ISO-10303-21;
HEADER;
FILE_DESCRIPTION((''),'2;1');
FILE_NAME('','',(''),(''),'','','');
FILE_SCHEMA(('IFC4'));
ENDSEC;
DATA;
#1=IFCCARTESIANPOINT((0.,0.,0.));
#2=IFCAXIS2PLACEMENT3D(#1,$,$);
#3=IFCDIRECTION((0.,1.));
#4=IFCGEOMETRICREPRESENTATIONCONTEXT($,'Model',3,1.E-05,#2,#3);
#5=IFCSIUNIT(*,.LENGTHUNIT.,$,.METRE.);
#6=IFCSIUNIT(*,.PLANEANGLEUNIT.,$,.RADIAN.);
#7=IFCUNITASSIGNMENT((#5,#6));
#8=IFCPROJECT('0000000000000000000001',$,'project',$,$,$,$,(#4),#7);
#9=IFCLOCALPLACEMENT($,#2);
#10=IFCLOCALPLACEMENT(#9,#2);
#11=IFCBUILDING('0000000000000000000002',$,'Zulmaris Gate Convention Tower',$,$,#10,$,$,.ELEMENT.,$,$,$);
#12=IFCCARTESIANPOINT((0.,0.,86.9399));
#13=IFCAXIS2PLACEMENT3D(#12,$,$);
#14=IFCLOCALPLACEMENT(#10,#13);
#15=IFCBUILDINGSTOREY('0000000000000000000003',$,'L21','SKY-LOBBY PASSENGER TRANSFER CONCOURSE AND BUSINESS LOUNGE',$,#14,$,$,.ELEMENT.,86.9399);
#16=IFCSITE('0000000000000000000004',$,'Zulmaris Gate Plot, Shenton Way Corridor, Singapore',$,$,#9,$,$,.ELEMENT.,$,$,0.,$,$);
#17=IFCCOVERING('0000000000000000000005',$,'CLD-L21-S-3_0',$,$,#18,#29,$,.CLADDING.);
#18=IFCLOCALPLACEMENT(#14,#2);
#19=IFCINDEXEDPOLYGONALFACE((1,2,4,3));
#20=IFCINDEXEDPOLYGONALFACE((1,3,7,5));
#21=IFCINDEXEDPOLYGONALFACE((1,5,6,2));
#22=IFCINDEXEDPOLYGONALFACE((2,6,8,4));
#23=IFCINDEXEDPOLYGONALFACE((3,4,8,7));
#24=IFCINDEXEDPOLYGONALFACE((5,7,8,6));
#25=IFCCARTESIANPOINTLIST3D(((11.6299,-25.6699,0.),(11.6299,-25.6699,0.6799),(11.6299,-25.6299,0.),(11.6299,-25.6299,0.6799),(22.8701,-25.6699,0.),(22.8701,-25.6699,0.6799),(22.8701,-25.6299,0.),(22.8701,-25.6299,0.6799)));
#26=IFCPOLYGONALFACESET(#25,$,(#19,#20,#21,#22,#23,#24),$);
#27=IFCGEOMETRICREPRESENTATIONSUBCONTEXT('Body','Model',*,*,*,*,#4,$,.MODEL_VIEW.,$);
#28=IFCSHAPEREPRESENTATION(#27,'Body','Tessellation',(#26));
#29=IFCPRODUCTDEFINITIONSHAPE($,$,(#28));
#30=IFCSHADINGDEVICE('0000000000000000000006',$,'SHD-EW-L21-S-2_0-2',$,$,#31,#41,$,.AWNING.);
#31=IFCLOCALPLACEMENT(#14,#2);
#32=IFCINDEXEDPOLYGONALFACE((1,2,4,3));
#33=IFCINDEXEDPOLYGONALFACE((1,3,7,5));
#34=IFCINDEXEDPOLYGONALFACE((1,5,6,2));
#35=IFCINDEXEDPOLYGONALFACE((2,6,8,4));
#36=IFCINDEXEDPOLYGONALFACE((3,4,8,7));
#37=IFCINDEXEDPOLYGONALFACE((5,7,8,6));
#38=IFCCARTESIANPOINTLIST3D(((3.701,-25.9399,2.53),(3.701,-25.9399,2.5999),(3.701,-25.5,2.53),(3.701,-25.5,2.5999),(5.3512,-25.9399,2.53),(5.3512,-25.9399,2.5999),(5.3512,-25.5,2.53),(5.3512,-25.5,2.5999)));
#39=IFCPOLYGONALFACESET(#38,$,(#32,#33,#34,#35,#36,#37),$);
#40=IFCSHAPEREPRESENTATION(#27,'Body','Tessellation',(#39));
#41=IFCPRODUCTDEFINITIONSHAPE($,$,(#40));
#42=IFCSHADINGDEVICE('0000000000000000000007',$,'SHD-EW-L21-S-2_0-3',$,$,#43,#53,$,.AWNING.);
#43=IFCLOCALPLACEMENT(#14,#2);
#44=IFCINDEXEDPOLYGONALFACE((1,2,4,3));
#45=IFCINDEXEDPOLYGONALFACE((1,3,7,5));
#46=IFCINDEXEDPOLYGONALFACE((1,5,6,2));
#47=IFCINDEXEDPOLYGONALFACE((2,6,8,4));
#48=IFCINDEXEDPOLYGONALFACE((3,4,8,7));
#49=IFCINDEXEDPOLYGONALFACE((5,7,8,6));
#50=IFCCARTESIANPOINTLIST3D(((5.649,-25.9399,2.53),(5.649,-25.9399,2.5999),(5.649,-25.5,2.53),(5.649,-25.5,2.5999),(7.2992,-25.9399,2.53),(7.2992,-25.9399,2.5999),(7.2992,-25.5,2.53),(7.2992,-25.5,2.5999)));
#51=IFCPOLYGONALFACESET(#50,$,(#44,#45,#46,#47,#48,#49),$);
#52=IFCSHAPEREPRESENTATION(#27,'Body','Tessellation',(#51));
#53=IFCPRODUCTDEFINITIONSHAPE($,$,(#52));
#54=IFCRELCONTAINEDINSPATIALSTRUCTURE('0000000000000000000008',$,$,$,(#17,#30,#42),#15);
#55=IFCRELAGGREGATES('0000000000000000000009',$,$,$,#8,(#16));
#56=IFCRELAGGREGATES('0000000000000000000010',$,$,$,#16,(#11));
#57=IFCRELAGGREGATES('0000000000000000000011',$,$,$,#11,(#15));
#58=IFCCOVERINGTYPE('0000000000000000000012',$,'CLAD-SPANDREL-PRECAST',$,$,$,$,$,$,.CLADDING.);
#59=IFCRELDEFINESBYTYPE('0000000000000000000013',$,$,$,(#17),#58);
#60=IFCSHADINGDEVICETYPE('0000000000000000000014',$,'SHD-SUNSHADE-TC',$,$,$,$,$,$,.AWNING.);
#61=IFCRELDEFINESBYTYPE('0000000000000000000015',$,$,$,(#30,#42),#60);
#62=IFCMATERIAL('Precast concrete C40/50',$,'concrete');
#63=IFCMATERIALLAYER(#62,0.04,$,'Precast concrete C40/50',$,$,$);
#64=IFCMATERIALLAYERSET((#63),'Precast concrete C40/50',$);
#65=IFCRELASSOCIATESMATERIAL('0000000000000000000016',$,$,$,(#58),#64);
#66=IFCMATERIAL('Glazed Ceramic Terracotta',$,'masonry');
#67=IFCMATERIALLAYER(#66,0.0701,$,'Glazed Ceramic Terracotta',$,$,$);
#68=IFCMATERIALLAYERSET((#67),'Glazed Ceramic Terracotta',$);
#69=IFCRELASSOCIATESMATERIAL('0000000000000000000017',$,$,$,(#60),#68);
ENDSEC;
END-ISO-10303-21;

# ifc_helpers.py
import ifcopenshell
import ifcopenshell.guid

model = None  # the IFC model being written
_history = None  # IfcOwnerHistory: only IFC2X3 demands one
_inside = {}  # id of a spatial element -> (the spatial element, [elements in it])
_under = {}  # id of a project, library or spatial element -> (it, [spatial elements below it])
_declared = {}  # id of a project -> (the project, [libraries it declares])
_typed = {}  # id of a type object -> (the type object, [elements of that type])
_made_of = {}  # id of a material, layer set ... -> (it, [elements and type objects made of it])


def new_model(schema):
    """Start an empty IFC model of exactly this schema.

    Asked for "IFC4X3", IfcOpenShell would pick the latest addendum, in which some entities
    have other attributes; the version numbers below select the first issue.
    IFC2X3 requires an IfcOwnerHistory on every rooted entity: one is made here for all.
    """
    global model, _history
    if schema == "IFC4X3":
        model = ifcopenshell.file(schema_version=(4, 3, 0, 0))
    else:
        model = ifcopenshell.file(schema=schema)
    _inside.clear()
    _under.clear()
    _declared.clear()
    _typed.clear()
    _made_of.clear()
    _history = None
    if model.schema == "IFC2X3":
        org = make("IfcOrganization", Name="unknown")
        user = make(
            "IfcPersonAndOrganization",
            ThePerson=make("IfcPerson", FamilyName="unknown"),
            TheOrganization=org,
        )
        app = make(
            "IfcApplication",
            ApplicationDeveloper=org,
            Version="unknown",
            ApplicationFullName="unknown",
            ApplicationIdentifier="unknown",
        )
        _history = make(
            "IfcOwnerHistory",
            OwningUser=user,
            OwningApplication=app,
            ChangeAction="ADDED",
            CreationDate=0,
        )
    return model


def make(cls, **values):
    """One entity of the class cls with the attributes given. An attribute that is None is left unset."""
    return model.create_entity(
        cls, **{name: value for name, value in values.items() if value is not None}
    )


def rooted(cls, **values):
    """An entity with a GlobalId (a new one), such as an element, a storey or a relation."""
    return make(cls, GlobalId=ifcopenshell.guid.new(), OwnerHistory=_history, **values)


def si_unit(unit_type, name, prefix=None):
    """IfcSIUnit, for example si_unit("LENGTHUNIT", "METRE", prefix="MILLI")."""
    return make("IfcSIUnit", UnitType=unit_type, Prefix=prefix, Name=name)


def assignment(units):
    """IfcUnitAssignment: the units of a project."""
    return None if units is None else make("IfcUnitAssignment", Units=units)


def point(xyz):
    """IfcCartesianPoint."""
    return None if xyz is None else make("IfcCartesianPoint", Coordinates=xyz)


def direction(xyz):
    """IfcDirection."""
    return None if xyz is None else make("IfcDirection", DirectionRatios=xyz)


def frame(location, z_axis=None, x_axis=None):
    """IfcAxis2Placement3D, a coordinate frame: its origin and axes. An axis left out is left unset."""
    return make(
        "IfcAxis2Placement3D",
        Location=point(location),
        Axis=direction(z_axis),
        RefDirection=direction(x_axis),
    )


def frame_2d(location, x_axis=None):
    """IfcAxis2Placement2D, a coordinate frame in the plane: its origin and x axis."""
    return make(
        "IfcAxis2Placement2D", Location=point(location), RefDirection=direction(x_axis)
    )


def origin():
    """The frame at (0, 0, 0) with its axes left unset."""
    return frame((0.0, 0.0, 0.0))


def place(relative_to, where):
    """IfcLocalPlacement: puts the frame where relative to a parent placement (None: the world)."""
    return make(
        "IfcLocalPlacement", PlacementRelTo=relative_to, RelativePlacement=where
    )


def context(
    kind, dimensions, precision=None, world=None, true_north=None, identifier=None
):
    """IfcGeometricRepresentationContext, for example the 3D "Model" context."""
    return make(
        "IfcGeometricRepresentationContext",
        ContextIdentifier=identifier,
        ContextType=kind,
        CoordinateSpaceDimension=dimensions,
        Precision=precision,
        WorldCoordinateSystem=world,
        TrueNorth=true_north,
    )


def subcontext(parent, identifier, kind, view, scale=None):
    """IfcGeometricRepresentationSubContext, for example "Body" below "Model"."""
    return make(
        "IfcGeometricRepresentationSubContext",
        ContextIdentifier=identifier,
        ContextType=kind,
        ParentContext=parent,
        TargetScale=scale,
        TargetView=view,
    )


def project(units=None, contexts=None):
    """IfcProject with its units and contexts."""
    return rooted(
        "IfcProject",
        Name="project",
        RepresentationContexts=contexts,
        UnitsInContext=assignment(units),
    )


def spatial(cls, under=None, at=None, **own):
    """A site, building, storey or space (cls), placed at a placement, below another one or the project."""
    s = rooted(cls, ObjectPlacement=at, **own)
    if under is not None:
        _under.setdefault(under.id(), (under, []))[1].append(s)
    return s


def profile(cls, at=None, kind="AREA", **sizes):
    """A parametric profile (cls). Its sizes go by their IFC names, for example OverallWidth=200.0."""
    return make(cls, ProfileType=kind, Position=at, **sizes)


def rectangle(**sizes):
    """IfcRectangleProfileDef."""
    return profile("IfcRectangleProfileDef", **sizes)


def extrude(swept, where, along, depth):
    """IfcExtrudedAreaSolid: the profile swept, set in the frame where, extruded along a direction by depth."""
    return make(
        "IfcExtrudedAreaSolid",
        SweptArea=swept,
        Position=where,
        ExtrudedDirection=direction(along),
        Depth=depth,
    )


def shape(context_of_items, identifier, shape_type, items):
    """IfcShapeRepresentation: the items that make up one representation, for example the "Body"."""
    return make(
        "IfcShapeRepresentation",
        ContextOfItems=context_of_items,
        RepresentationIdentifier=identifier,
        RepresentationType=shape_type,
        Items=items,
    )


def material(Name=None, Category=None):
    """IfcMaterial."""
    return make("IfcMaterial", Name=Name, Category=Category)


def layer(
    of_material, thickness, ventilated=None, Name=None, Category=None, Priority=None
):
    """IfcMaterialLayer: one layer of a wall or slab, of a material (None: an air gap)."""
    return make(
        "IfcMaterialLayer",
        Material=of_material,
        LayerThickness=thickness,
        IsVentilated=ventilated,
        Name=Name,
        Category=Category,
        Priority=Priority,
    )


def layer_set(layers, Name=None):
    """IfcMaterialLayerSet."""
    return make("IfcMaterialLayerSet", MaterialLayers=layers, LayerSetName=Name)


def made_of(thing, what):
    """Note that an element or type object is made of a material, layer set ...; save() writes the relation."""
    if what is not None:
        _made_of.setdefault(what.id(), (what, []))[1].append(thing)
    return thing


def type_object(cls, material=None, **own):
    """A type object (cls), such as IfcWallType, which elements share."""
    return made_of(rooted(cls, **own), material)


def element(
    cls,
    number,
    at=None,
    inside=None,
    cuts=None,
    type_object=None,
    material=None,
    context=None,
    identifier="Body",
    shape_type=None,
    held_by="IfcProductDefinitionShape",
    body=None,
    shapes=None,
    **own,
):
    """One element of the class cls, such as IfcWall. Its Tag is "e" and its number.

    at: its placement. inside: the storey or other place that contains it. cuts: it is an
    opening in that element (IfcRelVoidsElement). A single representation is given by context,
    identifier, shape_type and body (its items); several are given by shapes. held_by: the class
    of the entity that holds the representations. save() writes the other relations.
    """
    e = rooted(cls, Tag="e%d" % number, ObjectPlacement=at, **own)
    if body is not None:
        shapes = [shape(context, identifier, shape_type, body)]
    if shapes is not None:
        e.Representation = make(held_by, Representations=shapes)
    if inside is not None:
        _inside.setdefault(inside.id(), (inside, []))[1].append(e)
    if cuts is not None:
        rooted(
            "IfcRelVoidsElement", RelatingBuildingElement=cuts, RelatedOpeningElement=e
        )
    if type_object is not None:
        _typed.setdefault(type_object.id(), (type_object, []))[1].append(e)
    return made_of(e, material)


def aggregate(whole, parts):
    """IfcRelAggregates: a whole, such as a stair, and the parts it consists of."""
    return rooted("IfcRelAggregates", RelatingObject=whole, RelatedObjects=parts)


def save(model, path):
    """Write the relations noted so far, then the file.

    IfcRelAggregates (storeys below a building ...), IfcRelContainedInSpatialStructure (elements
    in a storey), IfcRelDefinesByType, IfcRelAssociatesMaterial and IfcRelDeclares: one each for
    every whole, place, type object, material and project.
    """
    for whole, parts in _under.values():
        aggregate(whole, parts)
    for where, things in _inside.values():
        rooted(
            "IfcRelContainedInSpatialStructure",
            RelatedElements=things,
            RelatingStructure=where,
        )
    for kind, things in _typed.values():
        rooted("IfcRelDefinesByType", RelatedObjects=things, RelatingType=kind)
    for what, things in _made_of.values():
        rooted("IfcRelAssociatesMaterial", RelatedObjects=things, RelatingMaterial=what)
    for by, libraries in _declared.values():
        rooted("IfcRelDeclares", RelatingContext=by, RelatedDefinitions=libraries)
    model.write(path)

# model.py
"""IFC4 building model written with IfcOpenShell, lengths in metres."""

from ifc_helpers import new_model, si_unit, direction, frame, frame_2d, origin, place, context, subcontext, project, spatial, rectangle, extrude, material, layer, layer_set, type_object, element, save


model = new_model("IFC4")

# Units and contexts
model_context = context("Model", 3, precision=1e-05, world=origin(), true_north=direction((0.0, 1.0)))
body_context = subcontext(model_context, "Body", "Model", "MODEL_VIEW")
ifc_project = project(units=[si_unit("LENGTHUNIT", "METRE"), si_unit("PLANEANGLEUNIT", "RADIAN")], contexts=[model_context])

# Site, building, storey
site_placement = place(None, origin())
site = spatial("IfcSite", under=ifc_project, at=site_placement, Name="Zulmaris Gate Plot, Shenton Way Corridor, Singapore", CompositionType="ELEMENT", RefElevation=0.0)
building_placement = place(site_placement, origin())
building = spatial("IfcBuilding", under=site, at=building_placement, Name="Zulmaris Gate Convention Tower", CompositionType="ELEMENT")
storey_placement = place(building_placement, frame((0.0, 0.0, 86.9399)))
storey = spatial("IfcBuildingStorey", under=building, at=storey_placement, Name="L21", Description="SKY-LOBBY PASSENGER TRANSFER CONCOURSE AND BUSINESS LOUNGE", CompositionType="ELEMENT", Elevation=86.9399)

# Shared definitions
ifc_material_1 = material(Name="Precast concrete C40/50", Category="concrete")

# Covering
ifc_layer_1 = layer(ifc_material_1, 0.04, Name="Precast concrete C40/50")
ifc_layer_set_1 = layer_set([ifc_layer_1], Name="Precast concrete C40/50")
covering_type = type_object("IfcCoveringType", Name="CLAD-SPANDREL-PRECAST", PredefinedType="CLADDING", material=ifc_layer_set_1)
covering_1_placement = place(storey_placement, frame((11.6299, -25.6499, 0.0), z_axis=(0.0, 0.0, 1.0), x_axis=(1.0, 0.0, 0.0)))
element("IfcCovering", 1, at=covering_1_placement, inside=storey, type_object=covering_type, Name="CLD-L21-S-3_0", PredefinedType="CLADDING", context=body_context, shape_type="SweptSolid", body=[
    extrude(rectangle(XDim=11.2402, YDim=0.04, at=frame_2d((5.6201, 0.0))), origin(), (0.0, 0.0, 1.0), 0.6799),
])

# Shading devices
ifc_material_2 = material(Name="Glazed Ceramic Terracotta", Category="masonry")
ifc_layer_2 = layer(ifc_material_2, 0.0701, Name="Glazed Ceramic Terracotta")
ifc_layer_set_2 = layer_set([ifc_layer_2], Name="Glazed Ceramic Terracotta")
shading_device_type = type_object("IfcShadingDeviceType", Name="SHD-SUNSHADE-TC", PredefinedType="AWNING", material=ifc_layer_set_2)
for number, where, z_axis, x_axis, name in (
    (2, (3.7009, -25.72, 2.53), (0.0, 0.0, 1.0), (1.0, 0.0, 0.0), "SHD-EW-L21-S-2_0-2"),
    (3, (5.6489, -25.72, 2.53), (0.0, 0.0, 1.0), (1.0, 0.0, 0.0), "SHD-EW-L21-S-2_0-3"),
):
    element("IfcShadingDevice", number, at=place(storey_placement, frame(where, z_axis=z_axis, x_axis=x_axis)), inside=storey, type_object=shading_device_type, Name=name, PredefinedType="AWNING", context=body_context, shape_type="SweptSolid", body=[
        extrude(rectangle(XDim=1.6501, YDim=0.4399, at=frame_2d((0.8252, 0.0))), origin(), (0.0, 0.0, 1.0), 0.0698),
    ])

save(model, "model.ifc")
